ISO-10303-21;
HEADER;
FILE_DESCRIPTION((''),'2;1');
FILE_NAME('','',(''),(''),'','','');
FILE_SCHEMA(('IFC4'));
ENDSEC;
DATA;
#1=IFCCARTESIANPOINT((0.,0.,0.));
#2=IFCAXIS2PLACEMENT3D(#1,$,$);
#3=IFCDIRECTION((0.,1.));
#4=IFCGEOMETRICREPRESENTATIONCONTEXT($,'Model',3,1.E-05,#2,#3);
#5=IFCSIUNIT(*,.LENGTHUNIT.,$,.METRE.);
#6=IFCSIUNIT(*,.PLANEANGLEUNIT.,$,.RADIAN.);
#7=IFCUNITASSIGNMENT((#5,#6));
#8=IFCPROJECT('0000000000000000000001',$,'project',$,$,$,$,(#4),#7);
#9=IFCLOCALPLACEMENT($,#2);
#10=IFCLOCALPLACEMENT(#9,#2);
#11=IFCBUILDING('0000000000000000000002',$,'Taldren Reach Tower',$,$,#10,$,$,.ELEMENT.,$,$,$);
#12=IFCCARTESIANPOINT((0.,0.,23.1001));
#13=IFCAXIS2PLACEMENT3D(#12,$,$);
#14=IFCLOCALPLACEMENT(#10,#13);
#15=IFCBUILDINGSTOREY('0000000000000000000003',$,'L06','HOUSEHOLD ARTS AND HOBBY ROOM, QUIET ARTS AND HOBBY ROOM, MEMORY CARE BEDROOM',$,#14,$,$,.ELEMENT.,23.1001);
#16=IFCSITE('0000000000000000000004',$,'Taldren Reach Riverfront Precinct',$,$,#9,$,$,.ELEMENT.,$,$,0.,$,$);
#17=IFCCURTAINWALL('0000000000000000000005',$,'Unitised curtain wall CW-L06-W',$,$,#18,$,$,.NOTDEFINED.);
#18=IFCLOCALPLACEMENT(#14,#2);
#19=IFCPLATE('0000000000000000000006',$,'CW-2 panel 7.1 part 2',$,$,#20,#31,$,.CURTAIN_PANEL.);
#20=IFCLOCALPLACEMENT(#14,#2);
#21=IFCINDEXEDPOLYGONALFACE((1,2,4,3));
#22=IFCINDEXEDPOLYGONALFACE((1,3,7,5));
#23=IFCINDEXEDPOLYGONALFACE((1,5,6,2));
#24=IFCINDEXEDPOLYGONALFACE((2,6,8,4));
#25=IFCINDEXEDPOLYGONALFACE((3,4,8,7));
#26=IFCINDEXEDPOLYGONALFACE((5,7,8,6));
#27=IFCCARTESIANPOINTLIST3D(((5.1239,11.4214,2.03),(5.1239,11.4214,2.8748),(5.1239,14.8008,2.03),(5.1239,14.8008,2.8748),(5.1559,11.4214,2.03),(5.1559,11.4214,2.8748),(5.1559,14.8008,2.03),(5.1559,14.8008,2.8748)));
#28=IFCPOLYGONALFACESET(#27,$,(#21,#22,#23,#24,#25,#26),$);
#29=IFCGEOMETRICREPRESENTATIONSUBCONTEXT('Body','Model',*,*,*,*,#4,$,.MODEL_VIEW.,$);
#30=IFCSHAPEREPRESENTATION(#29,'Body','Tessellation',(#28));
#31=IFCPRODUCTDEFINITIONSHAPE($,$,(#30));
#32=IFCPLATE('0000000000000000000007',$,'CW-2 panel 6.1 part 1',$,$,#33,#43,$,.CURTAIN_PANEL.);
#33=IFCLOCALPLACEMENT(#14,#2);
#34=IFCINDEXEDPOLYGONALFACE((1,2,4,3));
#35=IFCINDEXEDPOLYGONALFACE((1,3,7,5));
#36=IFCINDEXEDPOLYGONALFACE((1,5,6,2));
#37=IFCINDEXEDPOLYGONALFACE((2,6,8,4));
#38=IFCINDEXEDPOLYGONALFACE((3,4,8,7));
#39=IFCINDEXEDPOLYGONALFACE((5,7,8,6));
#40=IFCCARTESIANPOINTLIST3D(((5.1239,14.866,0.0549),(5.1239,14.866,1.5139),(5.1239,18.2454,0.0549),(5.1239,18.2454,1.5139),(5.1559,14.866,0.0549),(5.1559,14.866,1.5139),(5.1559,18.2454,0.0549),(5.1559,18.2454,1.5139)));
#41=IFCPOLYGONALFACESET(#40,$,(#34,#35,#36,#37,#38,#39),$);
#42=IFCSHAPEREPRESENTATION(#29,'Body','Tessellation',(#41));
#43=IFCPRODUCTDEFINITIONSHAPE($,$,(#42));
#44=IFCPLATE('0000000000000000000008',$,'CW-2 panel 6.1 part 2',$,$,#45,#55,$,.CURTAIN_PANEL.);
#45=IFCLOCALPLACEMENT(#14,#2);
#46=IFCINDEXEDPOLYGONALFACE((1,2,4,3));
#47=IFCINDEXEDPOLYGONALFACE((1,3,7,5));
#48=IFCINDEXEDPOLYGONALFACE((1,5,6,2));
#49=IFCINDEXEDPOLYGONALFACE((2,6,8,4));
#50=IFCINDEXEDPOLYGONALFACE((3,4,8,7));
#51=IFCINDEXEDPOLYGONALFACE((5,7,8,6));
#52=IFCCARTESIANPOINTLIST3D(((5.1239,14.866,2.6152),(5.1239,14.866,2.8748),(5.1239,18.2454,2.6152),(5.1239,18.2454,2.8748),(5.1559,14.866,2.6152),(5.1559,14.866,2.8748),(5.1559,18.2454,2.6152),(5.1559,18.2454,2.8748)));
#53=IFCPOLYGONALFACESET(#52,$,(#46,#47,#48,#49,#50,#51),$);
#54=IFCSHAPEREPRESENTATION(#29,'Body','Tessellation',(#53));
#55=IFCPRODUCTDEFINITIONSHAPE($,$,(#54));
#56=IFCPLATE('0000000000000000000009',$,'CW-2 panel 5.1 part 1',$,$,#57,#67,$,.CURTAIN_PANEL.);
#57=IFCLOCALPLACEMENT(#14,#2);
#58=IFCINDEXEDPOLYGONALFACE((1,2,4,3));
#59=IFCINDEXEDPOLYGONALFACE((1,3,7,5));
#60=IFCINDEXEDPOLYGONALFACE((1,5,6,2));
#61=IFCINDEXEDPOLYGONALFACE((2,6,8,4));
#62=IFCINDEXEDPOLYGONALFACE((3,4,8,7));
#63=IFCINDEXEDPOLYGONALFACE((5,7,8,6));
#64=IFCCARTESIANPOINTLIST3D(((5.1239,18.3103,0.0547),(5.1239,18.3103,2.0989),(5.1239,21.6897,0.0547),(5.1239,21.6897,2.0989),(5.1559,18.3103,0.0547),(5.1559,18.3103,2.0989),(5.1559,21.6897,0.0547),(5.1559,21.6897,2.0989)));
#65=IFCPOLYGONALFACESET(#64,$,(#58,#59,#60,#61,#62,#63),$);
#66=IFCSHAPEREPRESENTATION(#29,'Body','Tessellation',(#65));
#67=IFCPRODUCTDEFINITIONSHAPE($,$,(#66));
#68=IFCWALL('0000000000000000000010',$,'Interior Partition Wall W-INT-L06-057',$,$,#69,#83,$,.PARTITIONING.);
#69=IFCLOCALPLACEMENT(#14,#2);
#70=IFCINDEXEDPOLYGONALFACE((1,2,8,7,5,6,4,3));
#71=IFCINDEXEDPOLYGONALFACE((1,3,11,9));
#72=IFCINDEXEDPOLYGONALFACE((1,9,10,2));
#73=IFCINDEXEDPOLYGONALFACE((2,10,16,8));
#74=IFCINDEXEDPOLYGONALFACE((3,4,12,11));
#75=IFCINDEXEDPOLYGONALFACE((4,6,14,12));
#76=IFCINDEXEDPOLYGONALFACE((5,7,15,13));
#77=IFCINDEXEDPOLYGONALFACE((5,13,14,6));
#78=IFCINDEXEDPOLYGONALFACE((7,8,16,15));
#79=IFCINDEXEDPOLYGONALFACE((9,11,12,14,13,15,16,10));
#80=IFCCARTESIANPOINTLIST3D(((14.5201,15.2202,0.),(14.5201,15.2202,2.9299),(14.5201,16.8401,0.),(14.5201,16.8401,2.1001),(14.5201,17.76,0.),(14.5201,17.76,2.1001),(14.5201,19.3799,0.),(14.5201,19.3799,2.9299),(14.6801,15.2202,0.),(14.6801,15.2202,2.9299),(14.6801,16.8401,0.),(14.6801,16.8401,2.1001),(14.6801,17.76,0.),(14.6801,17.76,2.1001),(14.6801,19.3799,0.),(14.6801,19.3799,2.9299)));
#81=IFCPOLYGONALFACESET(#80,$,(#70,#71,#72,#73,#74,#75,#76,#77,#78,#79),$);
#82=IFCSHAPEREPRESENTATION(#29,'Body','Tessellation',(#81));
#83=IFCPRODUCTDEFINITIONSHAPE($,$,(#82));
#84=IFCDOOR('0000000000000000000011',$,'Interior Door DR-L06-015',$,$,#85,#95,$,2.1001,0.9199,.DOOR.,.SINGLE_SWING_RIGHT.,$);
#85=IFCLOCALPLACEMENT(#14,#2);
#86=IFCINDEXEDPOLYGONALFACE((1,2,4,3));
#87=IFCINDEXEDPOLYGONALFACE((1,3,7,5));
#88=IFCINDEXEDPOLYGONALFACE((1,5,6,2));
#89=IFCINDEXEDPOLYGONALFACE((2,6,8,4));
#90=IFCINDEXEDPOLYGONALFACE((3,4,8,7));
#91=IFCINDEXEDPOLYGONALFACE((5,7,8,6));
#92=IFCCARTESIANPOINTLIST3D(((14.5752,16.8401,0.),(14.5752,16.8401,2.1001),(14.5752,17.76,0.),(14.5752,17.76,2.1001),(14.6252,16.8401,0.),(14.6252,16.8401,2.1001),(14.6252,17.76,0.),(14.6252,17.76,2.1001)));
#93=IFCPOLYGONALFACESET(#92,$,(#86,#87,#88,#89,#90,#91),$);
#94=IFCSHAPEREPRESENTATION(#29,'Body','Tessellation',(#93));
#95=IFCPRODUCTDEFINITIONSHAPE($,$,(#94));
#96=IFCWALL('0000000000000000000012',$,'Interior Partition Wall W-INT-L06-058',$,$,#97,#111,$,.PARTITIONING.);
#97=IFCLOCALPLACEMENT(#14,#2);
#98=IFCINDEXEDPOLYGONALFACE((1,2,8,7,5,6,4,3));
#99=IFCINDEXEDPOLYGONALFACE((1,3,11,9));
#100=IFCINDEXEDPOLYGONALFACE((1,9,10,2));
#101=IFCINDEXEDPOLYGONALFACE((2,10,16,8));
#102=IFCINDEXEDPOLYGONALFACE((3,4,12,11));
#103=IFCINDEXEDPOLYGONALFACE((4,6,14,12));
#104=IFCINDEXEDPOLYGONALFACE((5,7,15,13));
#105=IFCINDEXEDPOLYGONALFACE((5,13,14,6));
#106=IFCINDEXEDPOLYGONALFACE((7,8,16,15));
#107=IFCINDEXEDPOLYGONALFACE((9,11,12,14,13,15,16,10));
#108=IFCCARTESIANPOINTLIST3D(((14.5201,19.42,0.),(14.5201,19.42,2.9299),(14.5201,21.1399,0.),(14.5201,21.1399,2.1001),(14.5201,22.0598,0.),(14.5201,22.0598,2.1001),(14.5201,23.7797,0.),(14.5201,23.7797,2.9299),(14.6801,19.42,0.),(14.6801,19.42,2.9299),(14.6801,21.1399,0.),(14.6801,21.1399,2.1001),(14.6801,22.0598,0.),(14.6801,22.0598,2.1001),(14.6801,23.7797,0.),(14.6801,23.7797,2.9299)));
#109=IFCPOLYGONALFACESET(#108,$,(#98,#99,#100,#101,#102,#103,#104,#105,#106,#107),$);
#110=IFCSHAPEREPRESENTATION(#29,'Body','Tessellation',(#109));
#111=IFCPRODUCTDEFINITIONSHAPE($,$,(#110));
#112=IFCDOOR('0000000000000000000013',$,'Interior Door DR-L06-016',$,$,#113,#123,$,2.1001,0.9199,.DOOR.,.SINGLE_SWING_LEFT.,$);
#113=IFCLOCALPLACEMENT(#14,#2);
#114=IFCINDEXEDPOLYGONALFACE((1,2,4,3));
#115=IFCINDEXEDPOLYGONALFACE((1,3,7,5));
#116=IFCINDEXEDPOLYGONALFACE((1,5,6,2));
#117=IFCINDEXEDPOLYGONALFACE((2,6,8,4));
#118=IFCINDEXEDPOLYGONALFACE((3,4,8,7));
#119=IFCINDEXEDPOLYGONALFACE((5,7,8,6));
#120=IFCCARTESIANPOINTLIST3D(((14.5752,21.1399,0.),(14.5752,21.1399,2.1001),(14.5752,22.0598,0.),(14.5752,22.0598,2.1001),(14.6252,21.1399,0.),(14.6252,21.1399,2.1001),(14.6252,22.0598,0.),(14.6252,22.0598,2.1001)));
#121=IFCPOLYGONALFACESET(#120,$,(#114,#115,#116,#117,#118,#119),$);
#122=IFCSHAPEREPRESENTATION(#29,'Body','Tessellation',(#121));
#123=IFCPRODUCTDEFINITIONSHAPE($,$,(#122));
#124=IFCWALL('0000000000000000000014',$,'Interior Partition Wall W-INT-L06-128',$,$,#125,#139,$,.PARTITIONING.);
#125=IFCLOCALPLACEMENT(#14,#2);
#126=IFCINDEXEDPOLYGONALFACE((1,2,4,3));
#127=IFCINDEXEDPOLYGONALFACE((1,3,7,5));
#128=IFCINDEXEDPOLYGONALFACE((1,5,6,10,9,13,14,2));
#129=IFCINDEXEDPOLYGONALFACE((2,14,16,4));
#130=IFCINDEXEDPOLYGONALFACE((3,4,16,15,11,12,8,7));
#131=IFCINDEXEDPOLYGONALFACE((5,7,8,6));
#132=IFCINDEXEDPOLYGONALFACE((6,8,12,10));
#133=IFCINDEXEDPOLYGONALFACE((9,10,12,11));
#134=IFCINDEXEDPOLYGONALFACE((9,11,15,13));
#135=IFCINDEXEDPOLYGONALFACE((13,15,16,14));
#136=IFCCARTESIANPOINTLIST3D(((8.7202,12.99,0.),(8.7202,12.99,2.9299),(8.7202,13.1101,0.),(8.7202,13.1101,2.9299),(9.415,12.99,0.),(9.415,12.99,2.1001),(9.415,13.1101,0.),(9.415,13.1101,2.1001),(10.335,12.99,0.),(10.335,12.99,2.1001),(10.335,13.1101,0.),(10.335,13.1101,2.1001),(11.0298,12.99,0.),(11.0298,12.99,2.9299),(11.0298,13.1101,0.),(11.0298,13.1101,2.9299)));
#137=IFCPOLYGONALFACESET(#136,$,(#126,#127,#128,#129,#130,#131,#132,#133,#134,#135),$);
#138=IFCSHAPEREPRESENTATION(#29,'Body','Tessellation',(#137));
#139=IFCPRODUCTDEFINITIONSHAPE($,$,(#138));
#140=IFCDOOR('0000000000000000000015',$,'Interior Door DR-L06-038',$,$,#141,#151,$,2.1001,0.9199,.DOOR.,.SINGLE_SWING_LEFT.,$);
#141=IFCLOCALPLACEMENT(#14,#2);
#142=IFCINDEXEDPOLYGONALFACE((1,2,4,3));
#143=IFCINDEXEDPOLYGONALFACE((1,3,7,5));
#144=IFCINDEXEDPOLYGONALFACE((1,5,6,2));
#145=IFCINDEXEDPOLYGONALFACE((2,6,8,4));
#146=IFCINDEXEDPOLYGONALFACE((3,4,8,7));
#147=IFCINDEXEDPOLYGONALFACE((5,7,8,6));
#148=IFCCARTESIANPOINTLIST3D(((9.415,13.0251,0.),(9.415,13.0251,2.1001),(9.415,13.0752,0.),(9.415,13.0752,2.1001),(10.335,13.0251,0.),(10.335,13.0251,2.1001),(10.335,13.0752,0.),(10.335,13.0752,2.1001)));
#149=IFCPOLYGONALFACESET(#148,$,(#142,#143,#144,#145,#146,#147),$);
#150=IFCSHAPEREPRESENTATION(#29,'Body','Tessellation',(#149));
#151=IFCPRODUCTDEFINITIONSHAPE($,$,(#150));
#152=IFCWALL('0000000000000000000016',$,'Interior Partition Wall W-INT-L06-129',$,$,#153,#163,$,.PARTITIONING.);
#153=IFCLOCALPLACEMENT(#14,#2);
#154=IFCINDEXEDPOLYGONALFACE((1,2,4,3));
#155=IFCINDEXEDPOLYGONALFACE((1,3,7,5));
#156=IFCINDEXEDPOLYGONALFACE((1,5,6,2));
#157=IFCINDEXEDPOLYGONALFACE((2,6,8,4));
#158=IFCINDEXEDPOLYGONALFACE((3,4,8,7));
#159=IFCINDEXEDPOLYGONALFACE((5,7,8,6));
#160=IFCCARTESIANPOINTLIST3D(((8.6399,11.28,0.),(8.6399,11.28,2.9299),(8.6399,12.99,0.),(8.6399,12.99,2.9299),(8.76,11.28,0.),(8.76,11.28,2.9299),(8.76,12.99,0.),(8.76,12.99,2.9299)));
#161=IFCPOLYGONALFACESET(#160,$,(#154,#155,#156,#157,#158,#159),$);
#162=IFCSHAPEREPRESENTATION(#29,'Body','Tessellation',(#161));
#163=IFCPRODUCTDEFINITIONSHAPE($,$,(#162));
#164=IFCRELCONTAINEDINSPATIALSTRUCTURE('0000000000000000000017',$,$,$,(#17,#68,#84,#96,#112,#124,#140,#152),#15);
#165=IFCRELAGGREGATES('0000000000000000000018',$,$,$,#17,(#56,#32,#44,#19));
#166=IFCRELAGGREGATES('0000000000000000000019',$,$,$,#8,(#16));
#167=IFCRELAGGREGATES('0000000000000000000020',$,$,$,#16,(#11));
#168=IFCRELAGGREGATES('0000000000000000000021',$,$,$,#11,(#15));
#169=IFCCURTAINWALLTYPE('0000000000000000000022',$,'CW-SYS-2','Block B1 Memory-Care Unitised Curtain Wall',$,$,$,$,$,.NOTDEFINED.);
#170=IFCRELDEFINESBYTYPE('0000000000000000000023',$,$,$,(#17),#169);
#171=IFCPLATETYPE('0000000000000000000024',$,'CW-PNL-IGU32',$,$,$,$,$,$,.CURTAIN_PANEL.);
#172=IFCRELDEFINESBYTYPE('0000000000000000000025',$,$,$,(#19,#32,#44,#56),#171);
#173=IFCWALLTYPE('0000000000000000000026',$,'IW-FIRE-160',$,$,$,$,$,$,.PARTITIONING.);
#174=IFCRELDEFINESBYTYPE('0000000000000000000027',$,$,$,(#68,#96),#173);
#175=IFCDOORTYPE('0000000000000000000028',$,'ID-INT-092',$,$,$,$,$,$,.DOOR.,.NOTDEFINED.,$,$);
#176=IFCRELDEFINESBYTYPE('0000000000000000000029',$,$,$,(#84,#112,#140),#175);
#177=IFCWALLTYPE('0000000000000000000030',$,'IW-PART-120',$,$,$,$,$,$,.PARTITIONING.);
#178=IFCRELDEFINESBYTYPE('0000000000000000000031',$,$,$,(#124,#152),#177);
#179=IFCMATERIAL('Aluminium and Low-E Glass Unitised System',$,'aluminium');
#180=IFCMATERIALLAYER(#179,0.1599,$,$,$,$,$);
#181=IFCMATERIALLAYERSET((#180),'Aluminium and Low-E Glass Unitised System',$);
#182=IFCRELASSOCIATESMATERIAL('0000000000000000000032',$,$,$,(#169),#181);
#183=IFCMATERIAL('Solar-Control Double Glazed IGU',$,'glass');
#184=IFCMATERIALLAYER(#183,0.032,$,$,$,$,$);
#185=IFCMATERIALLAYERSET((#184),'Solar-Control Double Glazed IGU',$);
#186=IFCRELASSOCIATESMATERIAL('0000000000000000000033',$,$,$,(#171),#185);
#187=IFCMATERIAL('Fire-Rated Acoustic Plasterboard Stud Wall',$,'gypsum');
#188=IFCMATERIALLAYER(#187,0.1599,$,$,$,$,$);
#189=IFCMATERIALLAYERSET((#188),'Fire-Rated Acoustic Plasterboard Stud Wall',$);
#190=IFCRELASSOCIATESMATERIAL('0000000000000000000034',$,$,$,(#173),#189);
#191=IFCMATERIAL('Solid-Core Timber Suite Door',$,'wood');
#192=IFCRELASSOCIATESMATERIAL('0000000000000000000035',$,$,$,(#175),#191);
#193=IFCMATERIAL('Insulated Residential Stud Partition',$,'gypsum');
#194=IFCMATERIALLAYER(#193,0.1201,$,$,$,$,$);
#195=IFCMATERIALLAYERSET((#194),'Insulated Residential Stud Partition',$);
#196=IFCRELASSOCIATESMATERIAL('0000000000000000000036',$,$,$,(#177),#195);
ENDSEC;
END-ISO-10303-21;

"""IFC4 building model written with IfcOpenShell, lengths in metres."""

from ifc_helpers import new_model, si_unit, direction, frame, frame_2d, origin, origin_2d, place, context, subcontext, project, spatial, rectangle, extrude, source, transform, mapped, material, layer, layer_set, type_object, element, fill, aggregate, save


model = new_model("IFC4")

# Units and contexts
model_context = context("Model", 3, precision=1e-05, world=origin(), true_north=direction((0.0, 1.0)))
body_context = subcontext(model_context, "Body", "Model", "MODEL_VIEW")
ifc_project = project(units=[si_unit("LENGTHUNIT", "METRE"), si_unit("PLANEANGLEUNIT", "RADIAN")], contexts=[model_context])

# Site, building, storey
site_placement = place(None, origin())
site = spatial("IfcSite", under=ifc_project, at=site_placement, Name="Taldren Reach Riverfront Precinct", CompositionType="ELEMENT", RefElevation=0.0)
building_placement = place(site_placement, origin())
building = spatial("IfcBuilding", under=site, at=building_placement, Name="Taldren Reach Tower", CompositionType="ELEMENT")
storey_placement = place(building_placement, frame((0.0, 0.0, 23.1001)))
storey = spatial("IfcBuildingStorey", under=building, at=storey_placement, Name="L06", Description="HOUSEHOLD ARTS AND HOBBY ROOM, QUIET ARTS AND HOBBY ROOM, MEMORY CARE BEDROOM", CompositionType="ELEMENT", Elevation=23.1001)

# Curtain wall
ifc_material_1 = material(Name="Aluminium and Low-E Glass Unitised System", Category="aluminium")
ifc_layer_1 = layer(ifc_material_1, 0.1599)
ifc_layer_set_1 = layer_set([ifc_layer_1], Name="Aluminium and Low-E Glass Unitised System")
curtain_wall_type = type_object("IfcCurtainWallType", Name="CW-SYS-2", Description="Block B1 Memory-Care Unitised Curtain Wall", PredefinedType="NOTDEFINED", material=ifc_layer_set_1)
curtain_wall_placement = place(storey_placement, origin())
curtain_wall = element("IfcCurtainWall", 1, at=curtain_wall_placement, inside=storey, type_object=curtain_wall_type, Name="Unitised curtain wall CW-L06-W", PredefinedType="NOTDEFINED")

# Plates
ifc_material_2 = material(Name="Solar-Control Double Glazed IGU", Category="glass")
ifc_layer_2 = layer(ifc_material_2, 0.032)
ifc_layer_set_2 = layer_set([ifc_layer_2], Name="Solar-Control Double Glazed IGU")
plate_type_1 = type_object("IfcPlateType", Name="CW-PNL-IGU32", PredefinedType="CURTAIN_PANEL", material=ifc_layer_set_2)
shared_shape_1 = source(origin(), body_context, "Body", "SweptSolid", [
    extrude(rectangle(XDim=3.3794, YDim=0.032, at=origin_2d()), origin(), (0.0, 0.0, 1.0), 0.8447),
])
plate_1_placement = place(storey_placement, frame((5.1399, 13.1111, 2.03), z_axis=(0.0, 0.0, 1.0), x_axis=(0.0, -1.0, 0.0)))
plate_1 = element("IfcPlate", 2, at=plate_1_placement, type_object=plate_type_1, Name="CW-2 panel 7.1 part 2", PredefinedType="CURTAIN_PANEL", context=body_context, shape_type="MappedRepresentation", body=[
    mapped(shared_shape_1, transform((0.0, 0.0, 0.0), scale=1.0)),
])
shared_shape_2 = source(origin(), body_context, "Body", "SweptSolid", [
    extrude(rectangle(XDim=3.3794, YDim=0.032, at=origin_2d()), origin(), (0.0, 0.0, 1.0), 1.459),
])
plate_2_placement = place(storey_placement, frame((5.1399, 16.5557, 0.0549), z_axis=(0.0, 0.0, 1.0), x_axis=(0.0, -1.0, 0.0)))
plate_2 = element("IfcPlate", 3, at=plate_2_placement, type_object=plate_type_1, Name="CW-2 panel 6.1 part 1", PredefinedType="CURTAIN_PANEL", context=body_context, shape_type="MappedRepresentation", body=[
    mapped(shared_shape_2, transform((0.0, 0.0, 0.0), scale=1.0)),
])
shared_shape_3 = source(origin(), body_context, "Body", "SweptSolid", [
    extrude(rectangle(XDim=3.3794, YDim=0.032, at=origin_2d()), origin(), (0.0, 0.0, 1.0), 0.2595),
])
plate_3_placement = place(storey_placement, frame((5.1399, 16.5557, 2.6152), z_axis=(0.0, 0.0, 1.0), x_axis=(0.0, -1.0, 0.0)))
plate_3 = element("IfcPlate", 4, at=plate_3_placement, type_object=plate_type_1, Name="CW-2 panel 6.1 part 2", PredefinedType="CURTAIN_PANEL", context=body_context, shape_type="MappedRepresentation", body=[
    mapped(shared_shape_3, transform((0.0, 0.0, 0.0), scale=1.0)),
])
shared_shape_4 = source(origin(), body_context, "Body", "SweptSolid", [
    extrude(rectangle(XDim=3.3794, YDim=0.032, at=origin_2d()), origin(), (0.0, 0.0, 1.0), 2.0442),
])
plate_4_placement = place(storey_placement, frame((5.1399, 20.0, 0.0547), z_axis=(0.0, 0.0, 1.0), x_axis=(0.0, -1.0, 0.0)))
plate_4 = element("IfcPlate", 5, at=plate_4_placement, type_object=plate_type_1, Name="CW-2 panel 5.1 part 1", PredefinedType="CURTAIN_PANEL", context=body_context, shape_type="MappedRepresentation", body=[
    mapped(shared_shape_4, transform((0.0, 0.0, 0.0), scale=1.0)),
])
aggregate(curtain_wall, [plate_4, plate_2, plate_3, plate_1])

# Walls, openings, doors
ifc_material_3 = material(Name="Fire-Rated Acoustic Plasterboard Stud Wall", Category="gypsum")
ifc_layer_3 = layer(ifc_material_3, 0.1599)
ifc_layer_set_3 = layer_set([ifc_layer_3], Name="Fire-Rated Acoustic Plasterboard Stud Wall")
wall_type_1 = type_object("IfcWallType", Name="IW-FIRE-160", PredefinedType="PARTITIONING", material=ifc_layer_set_3)
shared_shape_5 = source(origin(), body_context, "Body", "SweptSolid", [
    extrude(rectangle(XDim=4.1597, YDim=0.1599, at=frame_2d((2.0798, 0.0))), origin(), (0.0, 0.0, 1.0), 2.9299),
])
wall_1_placement = place(storey_placement, frame((14.6001, 15.2202, 0.0), z_axis=(0.0, 0.0, 1.0), x_axis=(0.0, 1.0, 0.0)))
wall_1 = element("IfcWall", 6, at=wall_1_placement, inside=storey, type_object=wall_type_1, Name="Interior Partition Wall W-INT-L06-057", PredefinedType="PARTITIONING", context=body_context, shape_type="MappedRepresentation", body=[
    mapped(shared_shape_5, transform((0.0, 0.0, 0.0), scale=1.0)),
])
shared_shape_6 = source(origin(), body_context, "Body", "SweptSolid", [
    extrude(rectangle(XDim=0.9199, YDim=2.1001, at=frame_2d((0.46, 1.05))), frame((0.0, 0.0898, 0.0), z_axis=(0.0, -1.0, 0.0), x_axis=(1.0, 0.0, 0.0)), (0.0, 0.0, 1.0), 0.1799),
])
opening_1_placement = place(wall_1_placement, frame((1.6199, 0.0, 0.0)))
opening_1 = element("IfcOpeningElement", 7, at=opening_1_placement, cuts=wall_1, PredefinedType="OPENING", context=body_context, shape_type="MappedRepresentation", body=[
    mapped(shared_shape_6, transform((0.0, 0.0, 0.0), scale=1.0)),
])
ifc_material_4 = material(Name="Solid-Core Timber Suite Door", Category="wood")
door_type = type_object("IfcDoorType", Name="ID-INT-092", OperationType="NOTDEFINED", PredefinedType="DOOR", material=ifc_material_4)
shared_shape_7 = source(origin(), body_context, "Body", "SweptSolid", [
    extrude(rectangle(XDim=0.9199, YDim=2.1001, at=frame_2d((0.46, 1.05))), frame((0.0, 0.0249, 0.0), z_axis=(0.0, -1.0, 0.0), x_axis=(1.0, 0.0, 0.0)), (0.0, 0.0, 1.0), 0.05),
])
door_1_placement = place(opening_1_placement, origin())
door_1 = element("IfcDoor", 8, at=door_1_placement, inside=storey, type_object=door_type, Name="Interior Door DR-L06-015", OperationType="SINGLE_SWING_RIGHT", OverallHeight=2.1001, OverallWidth=0.9199, PredefinedType="DOOR", context=body_context, shape_type="MappedRepresentation", body=[
    mapped(shared_shape_7, transform((0.0, 0.0, 0.0), scale=1.0)),
])
fill(opening_1, door_1)
shared_shape_8 = source(origin(), body_context, "Body", "SweptSolid", [
    extrude(rectangle(XDim=4.3596, YDim=0.1599, at=frame_2d((2.1797, 0.0))), origin(), (0.0, 0.0, 1.0), 2.9299),
])
wall_2_placement = place(storey_placement, frame((14.6001, 19.4202, 0.0), z_axis=(0.0, 0.0, 1.0), x_axis=(0.0, 1.0, 0.0)))
wall_2 = element("IfcWall", 9, at=wall_2_placement, inside=storey, type_object=wall_type_1, Name="Interior Partition Wall W-INT-L06-058", PredefinedType="PARTITIONING", context=body_context, shape_type="MappedRepresentation", body=[
    mapped(shared_shape_8, transform((0.0, 0.0, 0.0), scale=1.0)),
])
opening_2_placement = place(wall_2_placement, frame((1.7197, 0.0, 0.0)))
opening_2 = element("IfcOpeningElement", 10, at=opening_2_placement, cuts=wall_2, PredefinedType="OPENING", context=body_context, shape_type="MappedRepresentation", body=[
    mapped(shared_shape_6, transform((0.0, 0.0, 0.0), scale=1.0)),
])
door_2_placement = place(opening_2_placement, origin())
door_2 = element("IfcDoor", 11, at=door_2_placement, inside=storey, type_object=door_type, Name="Interior Door DR-L06-016", OperationType="SINGLE_SWING_LEFT", OverallHeight=2.1001, OverallWidth=0.9199, PredefinedType="DOOR", context=body_context, shape_type="MappedRepresentation", body=[
    mapped(shared_shape_7, transform((0.0, 0.0, 0.0), scale=1.0)),
])
fill(opening_2, door_2)
ifc_material_5 = material(Name="Insulated Residential Stud Partition", Category="gypsum")
ifc_layer_4 = layer(ifc_material_5, 0.1201)
ifc_layer_set_4 = layer_set([ifc_layer_4], Name="Insulated Residential Stud Partition")
wall_type_2 = type_object("IfcWallType", Name="IW-PART-120", PredefinedType="PARTITIONING", material=ifc_layer_set_4)
shared_shape_9 = source(origin(), body_context, "Body", "SweptSolid", [
    extrude(rectangle(XDim=2.3096, YDim=0.1201, at=frame_2d((1.1548, 0.0))), origin(), (0.0, 0.0, 1.0), 2.9299),
])
wall_3_placement = place(storey_placement, frame((11.0298, 13.05, 0.0), z_axis=(0.0, 0.0, 1.0), x_axis=(-1.0, 0.0, 0.0)))
wall_3 = element("IfcWall", 12, at=wall_3_placement, inside=storey, type_object=wall_type_2, Name="Interior Partition Wall W-INT-L06-128", PredefinedType="PARTITIONING", context=body_context, shape_type="MappedRepresentation", body=[
    mapped(shared_shape_9, transform((0.0, 0.0, 0.0), scale=1.0)),
])
shared_shape_10 = source(origin(), body_context, "Body", "SweptSolid", [
    extrude(rectangle(XDim=0.9199, YDim=2.1001, at=frame_2d((0.46, 1.05))), frame((0.0, 0.0701, 0.0), z_axis=(0.0, -1.0, 0.0), x_axis=(1.0, 0.0, 0.0)), (0.0, 0.0, 1.0), 0.1401),
])
opening_3_placement = place(wall_3_placement, frame((0.6948, 0.0, 0.0)))
opening_3 = element("IfcOpeningElement", 13, at=opening_3_placement, cuts=wall_3, PredefinedType="OPENING", context=body_context, shape_type="MappedRepresentation", body=[
    mapped(shared_shape_10, transform((0.0, 0.0, 0.0), scale=1.0)),
])
door_3_placement = place(opening_3_placement, origin())
door_3 = element("IfcDoor", 14, at=door_3_placement, inside=storey, type_object=door_type, Name="Interior Door DR-L06-038", OperationType="SINGLE_SWING_LEFT", OverallHeight=2.1001, OverallWidth=0.9199, PredefinedType="DOOR", context=body_context, shape_type="MappedRepresentation", body=[
    mapped(shared_shape_7, transform((0.0, 0.0, 0.0), scale=1.0)),
])
fill(opening_3, door_3)

# Wall
shared_shape_11 = source(origin(), body_context, "Body", "SweptSolid", [
    extrude(rectangle(XDim=1.71, YDim=0.1201, at=frame_2d((0.855, 0.0))), origin(), (0.0, 0.0, 1.0), 2.9299),
])
wall_4_placement = place(storey_placement, frame((8.7, 12.99, 0.0), z_axis=(0.0, 0.0, 1.0), x_axis=(0.0, -1.0, 0.0)))
element("IfcWall", 15, at=wall_4_placement, inside=storey, type_object=wall_type_2, Name="Interior Partition Wall W-INT-L06-129", PredefinedType="PARTITIONING", context=body_context, shape_type="MappedRepresentation", body=[
    mapped(shared_shape_11, transform((0.0, 0.0, 0.0), scale=1.0)),
])

save(model, "model.ifc")
